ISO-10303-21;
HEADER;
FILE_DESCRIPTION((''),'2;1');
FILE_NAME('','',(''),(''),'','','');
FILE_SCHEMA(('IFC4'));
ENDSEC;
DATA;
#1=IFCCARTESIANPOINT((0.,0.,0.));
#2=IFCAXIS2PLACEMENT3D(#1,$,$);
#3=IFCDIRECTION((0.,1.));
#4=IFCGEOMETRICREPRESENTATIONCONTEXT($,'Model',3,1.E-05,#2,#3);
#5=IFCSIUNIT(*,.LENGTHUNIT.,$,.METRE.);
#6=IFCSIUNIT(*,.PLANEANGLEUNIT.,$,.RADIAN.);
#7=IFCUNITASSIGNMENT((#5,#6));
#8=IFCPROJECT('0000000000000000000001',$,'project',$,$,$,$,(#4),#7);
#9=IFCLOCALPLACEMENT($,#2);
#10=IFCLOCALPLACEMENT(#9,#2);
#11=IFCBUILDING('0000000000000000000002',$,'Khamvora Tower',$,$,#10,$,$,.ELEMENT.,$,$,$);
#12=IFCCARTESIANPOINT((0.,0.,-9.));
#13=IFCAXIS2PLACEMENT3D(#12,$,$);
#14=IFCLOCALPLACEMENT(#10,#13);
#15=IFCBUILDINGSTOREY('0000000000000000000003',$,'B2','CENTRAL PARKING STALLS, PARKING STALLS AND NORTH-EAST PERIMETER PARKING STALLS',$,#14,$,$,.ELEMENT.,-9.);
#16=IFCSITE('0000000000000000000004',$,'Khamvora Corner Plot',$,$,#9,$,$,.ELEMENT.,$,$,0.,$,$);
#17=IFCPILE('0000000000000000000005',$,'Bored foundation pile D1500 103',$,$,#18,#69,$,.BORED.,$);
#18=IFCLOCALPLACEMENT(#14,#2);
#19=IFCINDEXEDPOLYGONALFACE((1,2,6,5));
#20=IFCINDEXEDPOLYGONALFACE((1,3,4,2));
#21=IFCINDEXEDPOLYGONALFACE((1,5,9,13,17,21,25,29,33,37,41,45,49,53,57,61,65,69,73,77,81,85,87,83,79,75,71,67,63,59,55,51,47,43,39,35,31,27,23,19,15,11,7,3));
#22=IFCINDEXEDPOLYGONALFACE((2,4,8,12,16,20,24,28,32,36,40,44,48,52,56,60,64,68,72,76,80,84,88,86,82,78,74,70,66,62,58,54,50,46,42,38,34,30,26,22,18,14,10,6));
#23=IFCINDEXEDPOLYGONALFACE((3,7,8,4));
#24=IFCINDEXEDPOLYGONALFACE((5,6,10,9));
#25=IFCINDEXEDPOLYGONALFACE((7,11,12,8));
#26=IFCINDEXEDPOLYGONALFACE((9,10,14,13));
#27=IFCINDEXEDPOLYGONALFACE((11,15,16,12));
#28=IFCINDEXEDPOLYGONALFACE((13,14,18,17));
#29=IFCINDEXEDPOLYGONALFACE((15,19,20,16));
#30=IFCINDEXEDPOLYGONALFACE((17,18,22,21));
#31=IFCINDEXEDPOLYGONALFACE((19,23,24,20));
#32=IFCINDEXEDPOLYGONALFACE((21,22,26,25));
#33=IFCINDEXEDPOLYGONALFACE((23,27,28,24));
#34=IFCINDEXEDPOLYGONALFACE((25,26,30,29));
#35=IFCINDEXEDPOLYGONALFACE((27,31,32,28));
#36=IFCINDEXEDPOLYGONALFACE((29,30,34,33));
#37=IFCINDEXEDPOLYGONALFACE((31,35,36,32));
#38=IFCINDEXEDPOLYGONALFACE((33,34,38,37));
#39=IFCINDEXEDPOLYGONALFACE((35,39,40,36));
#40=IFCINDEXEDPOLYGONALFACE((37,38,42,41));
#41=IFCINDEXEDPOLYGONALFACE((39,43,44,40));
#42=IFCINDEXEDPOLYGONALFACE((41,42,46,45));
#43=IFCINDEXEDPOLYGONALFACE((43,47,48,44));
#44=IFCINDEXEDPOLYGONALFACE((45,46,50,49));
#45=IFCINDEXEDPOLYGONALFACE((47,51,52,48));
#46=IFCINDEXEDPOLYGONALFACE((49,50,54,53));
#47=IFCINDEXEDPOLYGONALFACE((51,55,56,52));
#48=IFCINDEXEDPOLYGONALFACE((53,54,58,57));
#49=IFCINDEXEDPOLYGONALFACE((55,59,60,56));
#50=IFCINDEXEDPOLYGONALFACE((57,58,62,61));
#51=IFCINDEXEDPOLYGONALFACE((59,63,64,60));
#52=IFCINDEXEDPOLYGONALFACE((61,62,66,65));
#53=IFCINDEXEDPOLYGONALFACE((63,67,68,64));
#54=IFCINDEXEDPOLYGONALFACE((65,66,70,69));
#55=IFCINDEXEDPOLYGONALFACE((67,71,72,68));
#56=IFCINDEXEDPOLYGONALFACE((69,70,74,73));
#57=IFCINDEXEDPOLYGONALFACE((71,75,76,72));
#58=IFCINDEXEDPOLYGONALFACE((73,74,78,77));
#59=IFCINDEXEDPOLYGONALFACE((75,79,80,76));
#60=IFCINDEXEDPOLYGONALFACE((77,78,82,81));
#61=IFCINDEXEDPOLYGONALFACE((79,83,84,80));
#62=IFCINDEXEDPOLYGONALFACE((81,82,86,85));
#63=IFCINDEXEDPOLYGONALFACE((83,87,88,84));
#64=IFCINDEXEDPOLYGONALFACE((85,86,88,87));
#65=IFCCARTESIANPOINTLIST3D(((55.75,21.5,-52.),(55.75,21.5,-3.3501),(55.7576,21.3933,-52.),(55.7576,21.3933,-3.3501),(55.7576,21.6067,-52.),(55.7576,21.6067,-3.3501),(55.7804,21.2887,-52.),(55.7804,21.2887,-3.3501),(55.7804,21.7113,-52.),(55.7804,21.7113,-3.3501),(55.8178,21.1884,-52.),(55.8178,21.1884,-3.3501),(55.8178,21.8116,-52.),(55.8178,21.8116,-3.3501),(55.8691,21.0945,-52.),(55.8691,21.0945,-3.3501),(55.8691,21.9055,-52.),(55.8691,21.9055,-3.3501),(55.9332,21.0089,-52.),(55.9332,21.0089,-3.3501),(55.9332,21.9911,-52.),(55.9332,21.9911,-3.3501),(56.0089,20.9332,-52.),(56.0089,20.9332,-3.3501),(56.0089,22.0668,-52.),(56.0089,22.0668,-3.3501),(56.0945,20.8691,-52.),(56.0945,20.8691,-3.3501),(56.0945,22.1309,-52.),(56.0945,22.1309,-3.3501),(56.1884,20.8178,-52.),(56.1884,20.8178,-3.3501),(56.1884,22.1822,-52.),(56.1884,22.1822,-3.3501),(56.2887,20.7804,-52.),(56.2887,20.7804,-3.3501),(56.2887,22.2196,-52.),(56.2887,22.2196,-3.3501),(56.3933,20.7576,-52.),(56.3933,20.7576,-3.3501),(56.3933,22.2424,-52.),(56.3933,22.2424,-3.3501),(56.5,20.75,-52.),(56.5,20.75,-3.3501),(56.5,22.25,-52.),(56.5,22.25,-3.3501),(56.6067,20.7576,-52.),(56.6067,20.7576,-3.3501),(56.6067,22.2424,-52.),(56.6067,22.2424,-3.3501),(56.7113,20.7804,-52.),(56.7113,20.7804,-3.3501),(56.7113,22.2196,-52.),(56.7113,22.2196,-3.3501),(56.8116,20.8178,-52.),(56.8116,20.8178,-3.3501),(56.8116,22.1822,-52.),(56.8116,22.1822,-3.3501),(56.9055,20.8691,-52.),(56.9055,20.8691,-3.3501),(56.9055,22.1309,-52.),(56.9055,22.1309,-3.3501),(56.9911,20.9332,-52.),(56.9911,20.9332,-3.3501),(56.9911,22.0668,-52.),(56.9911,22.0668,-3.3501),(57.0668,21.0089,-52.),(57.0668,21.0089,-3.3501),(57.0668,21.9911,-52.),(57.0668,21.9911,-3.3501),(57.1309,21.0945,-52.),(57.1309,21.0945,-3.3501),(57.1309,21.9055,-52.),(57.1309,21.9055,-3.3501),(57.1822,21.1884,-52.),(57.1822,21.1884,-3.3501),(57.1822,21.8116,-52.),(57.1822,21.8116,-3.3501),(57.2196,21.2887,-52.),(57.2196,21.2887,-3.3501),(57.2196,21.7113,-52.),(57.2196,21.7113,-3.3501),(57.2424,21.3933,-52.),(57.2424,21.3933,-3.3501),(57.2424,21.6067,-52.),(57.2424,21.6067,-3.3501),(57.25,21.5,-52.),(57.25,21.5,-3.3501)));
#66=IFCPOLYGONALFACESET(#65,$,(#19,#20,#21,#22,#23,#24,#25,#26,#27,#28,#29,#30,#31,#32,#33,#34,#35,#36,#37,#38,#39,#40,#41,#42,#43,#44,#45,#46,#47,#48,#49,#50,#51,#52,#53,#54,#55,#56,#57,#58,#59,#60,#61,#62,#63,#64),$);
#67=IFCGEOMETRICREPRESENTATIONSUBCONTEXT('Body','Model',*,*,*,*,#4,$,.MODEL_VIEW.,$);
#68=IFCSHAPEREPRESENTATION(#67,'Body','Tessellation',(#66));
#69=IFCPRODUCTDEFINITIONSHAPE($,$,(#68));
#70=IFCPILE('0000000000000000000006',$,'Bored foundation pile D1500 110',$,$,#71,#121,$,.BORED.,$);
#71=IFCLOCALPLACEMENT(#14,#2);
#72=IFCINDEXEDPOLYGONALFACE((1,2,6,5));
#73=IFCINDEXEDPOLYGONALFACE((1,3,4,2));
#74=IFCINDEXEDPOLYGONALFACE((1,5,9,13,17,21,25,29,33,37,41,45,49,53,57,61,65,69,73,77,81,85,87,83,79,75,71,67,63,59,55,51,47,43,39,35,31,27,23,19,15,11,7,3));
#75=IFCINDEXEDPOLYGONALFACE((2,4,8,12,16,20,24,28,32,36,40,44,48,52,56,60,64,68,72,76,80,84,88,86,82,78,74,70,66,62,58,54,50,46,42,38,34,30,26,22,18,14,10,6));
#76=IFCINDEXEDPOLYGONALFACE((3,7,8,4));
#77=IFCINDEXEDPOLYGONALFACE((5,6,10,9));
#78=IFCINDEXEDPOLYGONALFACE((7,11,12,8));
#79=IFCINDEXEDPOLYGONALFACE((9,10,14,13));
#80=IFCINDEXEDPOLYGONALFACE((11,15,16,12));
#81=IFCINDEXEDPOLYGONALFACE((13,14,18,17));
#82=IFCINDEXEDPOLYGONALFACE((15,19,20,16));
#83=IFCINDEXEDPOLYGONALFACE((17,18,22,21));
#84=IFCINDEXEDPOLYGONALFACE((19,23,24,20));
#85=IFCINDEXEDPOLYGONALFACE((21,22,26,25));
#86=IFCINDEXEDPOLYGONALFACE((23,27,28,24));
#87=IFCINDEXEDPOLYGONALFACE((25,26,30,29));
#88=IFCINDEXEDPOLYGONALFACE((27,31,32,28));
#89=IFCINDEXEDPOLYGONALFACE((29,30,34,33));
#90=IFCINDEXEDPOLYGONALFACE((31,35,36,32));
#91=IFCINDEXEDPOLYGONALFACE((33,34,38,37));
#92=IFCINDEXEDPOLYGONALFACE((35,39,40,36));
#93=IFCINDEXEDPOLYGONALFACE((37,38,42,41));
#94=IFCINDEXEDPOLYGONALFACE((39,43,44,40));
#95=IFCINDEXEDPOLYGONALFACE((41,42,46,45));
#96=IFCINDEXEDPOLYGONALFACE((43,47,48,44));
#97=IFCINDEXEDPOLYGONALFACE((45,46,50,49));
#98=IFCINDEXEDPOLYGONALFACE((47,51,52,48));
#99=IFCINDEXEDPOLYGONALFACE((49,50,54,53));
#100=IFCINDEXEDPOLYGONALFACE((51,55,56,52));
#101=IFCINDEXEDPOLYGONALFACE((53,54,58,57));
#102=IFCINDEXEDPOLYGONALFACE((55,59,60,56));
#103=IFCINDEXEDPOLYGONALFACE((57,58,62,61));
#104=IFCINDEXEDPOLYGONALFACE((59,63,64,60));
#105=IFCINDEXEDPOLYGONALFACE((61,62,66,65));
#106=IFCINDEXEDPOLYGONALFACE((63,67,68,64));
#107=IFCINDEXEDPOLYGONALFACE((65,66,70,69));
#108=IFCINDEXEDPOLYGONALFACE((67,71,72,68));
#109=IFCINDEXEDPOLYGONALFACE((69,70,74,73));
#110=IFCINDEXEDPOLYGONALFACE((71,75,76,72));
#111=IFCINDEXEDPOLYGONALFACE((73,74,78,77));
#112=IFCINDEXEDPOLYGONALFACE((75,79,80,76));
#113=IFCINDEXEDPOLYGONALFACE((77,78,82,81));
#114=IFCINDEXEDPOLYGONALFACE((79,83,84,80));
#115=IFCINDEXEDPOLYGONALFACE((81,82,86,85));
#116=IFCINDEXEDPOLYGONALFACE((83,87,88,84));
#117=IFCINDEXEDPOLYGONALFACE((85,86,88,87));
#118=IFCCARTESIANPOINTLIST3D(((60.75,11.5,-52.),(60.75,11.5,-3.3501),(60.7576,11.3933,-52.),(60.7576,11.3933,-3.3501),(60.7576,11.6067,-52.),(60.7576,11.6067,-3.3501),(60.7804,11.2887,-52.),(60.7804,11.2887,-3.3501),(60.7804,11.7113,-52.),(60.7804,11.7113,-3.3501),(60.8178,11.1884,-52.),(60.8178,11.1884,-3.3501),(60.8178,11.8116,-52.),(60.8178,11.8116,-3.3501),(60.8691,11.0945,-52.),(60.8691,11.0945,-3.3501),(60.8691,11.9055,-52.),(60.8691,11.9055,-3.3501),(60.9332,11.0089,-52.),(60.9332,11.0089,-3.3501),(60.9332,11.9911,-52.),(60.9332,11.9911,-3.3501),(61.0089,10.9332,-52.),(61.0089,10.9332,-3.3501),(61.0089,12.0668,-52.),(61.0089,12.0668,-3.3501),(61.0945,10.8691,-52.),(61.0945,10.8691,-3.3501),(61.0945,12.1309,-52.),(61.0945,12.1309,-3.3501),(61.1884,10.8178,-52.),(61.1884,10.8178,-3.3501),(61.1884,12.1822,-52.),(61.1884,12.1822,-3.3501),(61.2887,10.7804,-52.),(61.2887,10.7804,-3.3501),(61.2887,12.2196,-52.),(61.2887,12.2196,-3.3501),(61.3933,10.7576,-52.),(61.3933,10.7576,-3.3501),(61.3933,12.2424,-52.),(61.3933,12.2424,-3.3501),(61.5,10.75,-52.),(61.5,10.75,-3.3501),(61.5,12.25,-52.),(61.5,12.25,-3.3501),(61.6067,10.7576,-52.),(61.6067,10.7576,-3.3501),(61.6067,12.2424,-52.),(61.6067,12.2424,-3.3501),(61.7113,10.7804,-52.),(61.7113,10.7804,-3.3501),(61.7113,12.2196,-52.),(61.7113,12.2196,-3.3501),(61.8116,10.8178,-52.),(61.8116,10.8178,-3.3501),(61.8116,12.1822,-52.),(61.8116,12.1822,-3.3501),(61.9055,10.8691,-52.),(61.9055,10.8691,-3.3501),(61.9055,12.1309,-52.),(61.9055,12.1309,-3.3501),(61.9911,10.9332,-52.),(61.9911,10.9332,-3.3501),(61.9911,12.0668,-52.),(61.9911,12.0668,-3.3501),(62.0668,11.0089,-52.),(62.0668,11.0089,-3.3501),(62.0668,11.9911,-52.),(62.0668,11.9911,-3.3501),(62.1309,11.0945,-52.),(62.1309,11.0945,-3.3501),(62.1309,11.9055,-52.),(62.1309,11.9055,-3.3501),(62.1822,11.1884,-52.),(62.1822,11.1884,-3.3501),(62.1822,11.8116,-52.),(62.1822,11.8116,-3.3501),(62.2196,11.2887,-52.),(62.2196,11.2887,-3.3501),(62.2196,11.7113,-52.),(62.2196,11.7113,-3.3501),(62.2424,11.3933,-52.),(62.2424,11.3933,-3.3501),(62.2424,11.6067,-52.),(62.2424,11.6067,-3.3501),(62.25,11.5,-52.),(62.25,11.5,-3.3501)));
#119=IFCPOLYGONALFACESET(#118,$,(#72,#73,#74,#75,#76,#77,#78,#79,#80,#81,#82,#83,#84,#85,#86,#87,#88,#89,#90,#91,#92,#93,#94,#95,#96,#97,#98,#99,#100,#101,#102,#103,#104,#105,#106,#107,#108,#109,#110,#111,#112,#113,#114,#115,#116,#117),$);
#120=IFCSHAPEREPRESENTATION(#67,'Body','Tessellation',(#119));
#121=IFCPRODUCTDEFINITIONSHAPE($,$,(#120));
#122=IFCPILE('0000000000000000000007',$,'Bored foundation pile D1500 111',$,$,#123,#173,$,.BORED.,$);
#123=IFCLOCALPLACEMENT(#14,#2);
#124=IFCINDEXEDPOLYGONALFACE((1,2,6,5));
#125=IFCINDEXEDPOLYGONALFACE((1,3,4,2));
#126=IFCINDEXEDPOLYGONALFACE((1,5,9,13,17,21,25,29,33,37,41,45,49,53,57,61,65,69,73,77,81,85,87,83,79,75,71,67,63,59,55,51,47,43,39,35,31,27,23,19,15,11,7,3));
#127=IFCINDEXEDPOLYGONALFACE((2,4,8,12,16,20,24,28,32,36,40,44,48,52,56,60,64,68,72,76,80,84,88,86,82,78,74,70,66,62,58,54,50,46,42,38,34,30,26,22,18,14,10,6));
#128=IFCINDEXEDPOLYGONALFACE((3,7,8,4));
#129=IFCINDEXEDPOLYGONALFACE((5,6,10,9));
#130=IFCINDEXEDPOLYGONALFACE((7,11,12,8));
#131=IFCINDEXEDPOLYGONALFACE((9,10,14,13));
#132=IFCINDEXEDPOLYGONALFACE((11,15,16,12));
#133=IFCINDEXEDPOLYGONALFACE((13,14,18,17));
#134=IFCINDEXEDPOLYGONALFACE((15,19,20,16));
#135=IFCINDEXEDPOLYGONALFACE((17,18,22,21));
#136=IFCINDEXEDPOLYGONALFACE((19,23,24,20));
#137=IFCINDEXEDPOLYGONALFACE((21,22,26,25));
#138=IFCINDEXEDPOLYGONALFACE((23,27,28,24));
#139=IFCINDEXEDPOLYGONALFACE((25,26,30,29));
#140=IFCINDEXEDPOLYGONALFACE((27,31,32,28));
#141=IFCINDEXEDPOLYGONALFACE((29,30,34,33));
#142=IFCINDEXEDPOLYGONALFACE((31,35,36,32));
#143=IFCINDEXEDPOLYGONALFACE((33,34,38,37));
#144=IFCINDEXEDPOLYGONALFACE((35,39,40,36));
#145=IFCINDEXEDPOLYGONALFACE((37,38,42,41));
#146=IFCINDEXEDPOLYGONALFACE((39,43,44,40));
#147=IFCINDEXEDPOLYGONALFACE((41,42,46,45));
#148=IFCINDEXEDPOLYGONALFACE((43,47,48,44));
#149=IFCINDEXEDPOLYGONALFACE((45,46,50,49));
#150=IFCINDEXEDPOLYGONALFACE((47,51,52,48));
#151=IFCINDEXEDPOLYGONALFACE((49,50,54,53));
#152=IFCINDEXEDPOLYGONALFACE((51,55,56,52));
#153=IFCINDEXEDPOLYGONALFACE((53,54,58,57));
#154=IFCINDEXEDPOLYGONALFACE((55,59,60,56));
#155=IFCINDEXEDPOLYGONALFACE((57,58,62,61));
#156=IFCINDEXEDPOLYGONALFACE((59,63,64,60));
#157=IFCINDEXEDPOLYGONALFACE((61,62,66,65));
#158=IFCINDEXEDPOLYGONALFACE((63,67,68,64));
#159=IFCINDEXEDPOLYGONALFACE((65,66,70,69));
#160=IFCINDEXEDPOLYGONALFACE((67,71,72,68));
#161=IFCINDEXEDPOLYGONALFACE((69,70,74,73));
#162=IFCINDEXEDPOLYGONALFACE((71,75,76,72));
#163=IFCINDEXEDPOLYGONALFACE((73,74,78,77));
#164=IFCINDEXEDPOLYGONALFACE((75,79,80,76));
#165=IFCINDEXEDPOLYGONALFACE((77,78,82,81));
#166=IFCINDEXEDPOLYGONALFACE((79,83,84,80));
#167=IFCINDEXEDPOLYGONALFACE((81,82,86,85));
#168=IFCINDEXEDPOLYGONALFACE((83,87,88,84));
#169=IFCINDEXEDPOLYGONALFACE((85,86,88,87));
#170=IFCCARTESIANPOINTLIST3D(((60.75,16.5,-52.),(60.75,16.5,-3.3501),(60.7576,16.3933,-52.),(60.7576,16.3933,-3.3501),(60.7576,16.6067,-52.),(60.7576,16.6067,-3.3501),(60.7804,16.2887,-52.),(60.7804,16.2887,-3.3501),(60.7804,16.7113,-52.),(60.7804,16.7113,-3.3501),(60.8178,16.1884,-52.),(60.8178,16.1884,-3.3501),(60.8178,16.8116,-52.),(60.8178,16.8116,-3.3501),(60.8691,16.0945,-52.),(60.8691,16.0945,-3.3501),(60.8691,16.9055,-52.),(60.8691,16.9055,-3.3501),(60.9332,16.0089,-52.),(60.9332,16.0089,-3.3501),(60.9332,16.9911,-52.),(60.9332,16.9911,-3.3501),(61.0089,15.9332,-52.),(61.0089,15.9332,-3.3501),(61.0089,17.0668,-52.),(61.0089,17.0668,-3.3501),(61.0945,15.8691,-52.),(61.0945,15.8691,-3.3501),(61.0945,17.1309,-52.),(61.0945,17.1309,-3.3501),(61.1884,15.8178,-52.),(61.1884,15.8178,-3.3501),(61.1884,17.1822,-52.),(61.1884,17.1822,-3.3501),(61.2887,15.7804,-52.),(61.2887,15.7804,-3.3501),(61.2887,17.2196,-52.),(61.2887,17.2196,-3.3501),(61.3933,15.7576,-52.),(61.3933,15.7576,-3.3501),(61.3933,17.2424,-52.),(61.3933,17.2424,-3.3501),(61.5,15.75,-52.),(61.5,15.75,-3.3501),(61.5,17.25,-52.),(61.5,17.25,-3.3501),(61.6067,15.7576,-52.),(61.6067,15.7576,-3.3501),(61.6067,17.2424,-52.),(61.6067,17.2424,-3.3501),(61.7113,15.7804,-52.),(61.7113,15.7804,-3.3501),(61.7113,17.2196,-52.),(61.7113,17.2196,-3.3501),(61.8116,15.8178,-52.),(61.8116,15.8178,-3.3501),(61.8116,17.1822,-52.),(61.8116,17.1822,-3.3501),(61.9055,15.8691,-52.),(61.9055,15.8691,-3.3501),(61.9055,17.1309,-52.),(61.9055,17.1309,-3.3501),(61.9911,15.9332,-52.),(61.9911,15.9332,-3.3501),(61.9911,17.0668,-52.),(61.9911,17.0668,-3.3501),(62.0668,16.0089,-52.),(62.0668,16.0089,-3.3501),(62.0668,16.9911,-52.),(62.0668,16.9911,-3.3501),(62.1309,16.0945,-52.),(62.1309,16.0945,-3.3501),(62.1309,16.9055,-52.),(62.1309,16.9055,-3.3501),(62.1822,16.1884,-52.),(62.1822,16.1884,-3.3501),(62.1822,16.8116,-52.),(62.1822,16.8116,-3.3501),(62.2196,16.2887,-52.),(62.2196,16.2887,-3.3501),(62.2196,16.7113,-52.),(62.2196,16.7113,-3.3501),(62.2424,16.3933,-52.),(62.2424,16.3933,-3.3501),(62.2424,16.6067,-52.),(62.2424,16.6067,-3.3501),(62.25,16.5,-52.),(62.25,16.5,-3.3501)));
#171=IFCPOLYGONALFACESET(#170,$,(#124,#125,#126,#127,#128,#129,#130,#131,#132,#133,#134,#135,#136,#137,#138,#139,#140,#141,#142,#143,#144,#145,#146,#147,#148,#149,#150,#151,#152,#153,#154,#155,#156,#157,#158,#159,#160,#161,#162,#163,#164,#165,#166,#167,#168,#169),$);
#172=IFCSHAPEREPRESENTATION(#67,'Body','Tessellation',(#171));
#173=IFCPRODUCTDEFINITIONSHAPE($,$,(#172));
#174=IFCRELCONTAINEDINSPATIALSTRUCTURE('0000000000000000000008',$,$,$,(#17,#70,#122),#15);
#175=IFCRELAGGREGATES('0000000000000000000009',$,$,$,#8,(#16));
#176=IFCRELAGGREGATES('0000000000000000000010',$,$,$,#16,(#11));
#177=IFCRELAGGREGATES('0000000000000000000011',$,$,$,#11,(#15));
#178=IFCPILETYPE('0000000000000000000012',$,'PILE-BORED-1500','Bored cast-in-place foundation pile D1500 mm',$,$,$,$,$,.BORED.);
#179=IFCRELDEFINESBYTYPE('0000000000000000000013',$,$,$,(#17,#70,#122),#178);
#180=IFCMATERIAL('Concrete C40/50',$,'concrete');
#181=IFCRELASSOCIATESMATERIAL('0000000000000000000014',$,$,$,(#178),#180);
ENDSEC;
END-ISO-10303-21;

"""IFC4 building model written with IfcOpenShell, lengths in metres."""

from ifc_helpers import new_model, si_unit, direction, frame, origin, origin_2d, place, context, subcontext, project, spatial, circle, extrude, material, material_profile, profile_set, type_object, element, save


model = new_model("IFC4")

# Units and contexts
model_context = context("Model", 3, precision=1e-05, world=origin(), true_north=direction((0.0, 1.0)))
body_context = subcontext(model_context, "Body", "Model", "MODEL_VIEW")
ifc_project = project(units=[si_unit("LENGTHUNIT", "METRE"), si_unit("PLANEANGLEUNIT", "RADIAN")], contexts=[model_context])

# Site, building, storey
site_placement = place(None, origin())
site = spatial("IfcSite", under=ifc_project, at=site_placement, Name="Khamvora Corner Plot", CompositionType="ELEMENT", RefElevation=0.0)
building_placement = place(site_placement, origin())
building = spatial("IfcBuilding", under=site, at=building_placement, Name="Khamvora Tower", CompositionType="ELEMENT")
storey_placement = place(building_placement, frame((0.0, 0.0, -9.0)))
storey = spatial("IfcBuildingStorey", under=building, at=storey_placement, Name="B2", Description="CENTRAL PARKING STALLS, PARKING STALLS AND NORTH-EAST PERIMETER PARKING STALLS", CompositionType="ELEMENT", Elevation=-9.0)

# Piles
ifc_material_1 = material(Name="Concrete C40/50", Category="concrete")
ifc_material_profile_1 = material_profile(ifc_material_1, circle(Radius=0.75, at=origin_2d()), Name="PILE_D1500")
ifc_profile_set_1 = profile_set([ifc_material_profile_1], Name="Concrete C40/50")
pile_type_1 = type_object("IfcPileType", Name="PILE-BORED-1500", Description="Bored cast-in-place foundation pile D1500 mm", PredefinedType="BORED", material=ifc_profile_set_1)
for number, where, z_axis, x_axis, name in (
    (1, (56.5, 21.5, -3.3501), (0.0, 0.0, -1.0), (1.0, 0.0, 0.0), "Bored foundation pile D1500 103"),
    (2, (61.5, 11.5, -3.3501), (0.0, 0.0, -1.0), (1.0, 0.0, 0.0), "Bored foundation pile D1500 110"),
    (3, (61.5, 16.5, -3.3501), (0.0, 0.0, -1.0), (1.0, 0.0, 0.0), "Bored foundation pile D1500 111"),
):
    element("IfcPile", number, at=place(storey_placement, frame(where, z_axis=z_axis, x_axis=x_axis)), inside=storey, type_object=pile_type_1, Name=name, PredefinedType="BORED", context=body_context, shape_type="SweptSolid", body=[
        extrude(circle(Radius=0.75, at=origin_2d()), origin(), (0.0, 0.0, 1.0), 48.6499),
    ])

save(model, "model.ifc")
